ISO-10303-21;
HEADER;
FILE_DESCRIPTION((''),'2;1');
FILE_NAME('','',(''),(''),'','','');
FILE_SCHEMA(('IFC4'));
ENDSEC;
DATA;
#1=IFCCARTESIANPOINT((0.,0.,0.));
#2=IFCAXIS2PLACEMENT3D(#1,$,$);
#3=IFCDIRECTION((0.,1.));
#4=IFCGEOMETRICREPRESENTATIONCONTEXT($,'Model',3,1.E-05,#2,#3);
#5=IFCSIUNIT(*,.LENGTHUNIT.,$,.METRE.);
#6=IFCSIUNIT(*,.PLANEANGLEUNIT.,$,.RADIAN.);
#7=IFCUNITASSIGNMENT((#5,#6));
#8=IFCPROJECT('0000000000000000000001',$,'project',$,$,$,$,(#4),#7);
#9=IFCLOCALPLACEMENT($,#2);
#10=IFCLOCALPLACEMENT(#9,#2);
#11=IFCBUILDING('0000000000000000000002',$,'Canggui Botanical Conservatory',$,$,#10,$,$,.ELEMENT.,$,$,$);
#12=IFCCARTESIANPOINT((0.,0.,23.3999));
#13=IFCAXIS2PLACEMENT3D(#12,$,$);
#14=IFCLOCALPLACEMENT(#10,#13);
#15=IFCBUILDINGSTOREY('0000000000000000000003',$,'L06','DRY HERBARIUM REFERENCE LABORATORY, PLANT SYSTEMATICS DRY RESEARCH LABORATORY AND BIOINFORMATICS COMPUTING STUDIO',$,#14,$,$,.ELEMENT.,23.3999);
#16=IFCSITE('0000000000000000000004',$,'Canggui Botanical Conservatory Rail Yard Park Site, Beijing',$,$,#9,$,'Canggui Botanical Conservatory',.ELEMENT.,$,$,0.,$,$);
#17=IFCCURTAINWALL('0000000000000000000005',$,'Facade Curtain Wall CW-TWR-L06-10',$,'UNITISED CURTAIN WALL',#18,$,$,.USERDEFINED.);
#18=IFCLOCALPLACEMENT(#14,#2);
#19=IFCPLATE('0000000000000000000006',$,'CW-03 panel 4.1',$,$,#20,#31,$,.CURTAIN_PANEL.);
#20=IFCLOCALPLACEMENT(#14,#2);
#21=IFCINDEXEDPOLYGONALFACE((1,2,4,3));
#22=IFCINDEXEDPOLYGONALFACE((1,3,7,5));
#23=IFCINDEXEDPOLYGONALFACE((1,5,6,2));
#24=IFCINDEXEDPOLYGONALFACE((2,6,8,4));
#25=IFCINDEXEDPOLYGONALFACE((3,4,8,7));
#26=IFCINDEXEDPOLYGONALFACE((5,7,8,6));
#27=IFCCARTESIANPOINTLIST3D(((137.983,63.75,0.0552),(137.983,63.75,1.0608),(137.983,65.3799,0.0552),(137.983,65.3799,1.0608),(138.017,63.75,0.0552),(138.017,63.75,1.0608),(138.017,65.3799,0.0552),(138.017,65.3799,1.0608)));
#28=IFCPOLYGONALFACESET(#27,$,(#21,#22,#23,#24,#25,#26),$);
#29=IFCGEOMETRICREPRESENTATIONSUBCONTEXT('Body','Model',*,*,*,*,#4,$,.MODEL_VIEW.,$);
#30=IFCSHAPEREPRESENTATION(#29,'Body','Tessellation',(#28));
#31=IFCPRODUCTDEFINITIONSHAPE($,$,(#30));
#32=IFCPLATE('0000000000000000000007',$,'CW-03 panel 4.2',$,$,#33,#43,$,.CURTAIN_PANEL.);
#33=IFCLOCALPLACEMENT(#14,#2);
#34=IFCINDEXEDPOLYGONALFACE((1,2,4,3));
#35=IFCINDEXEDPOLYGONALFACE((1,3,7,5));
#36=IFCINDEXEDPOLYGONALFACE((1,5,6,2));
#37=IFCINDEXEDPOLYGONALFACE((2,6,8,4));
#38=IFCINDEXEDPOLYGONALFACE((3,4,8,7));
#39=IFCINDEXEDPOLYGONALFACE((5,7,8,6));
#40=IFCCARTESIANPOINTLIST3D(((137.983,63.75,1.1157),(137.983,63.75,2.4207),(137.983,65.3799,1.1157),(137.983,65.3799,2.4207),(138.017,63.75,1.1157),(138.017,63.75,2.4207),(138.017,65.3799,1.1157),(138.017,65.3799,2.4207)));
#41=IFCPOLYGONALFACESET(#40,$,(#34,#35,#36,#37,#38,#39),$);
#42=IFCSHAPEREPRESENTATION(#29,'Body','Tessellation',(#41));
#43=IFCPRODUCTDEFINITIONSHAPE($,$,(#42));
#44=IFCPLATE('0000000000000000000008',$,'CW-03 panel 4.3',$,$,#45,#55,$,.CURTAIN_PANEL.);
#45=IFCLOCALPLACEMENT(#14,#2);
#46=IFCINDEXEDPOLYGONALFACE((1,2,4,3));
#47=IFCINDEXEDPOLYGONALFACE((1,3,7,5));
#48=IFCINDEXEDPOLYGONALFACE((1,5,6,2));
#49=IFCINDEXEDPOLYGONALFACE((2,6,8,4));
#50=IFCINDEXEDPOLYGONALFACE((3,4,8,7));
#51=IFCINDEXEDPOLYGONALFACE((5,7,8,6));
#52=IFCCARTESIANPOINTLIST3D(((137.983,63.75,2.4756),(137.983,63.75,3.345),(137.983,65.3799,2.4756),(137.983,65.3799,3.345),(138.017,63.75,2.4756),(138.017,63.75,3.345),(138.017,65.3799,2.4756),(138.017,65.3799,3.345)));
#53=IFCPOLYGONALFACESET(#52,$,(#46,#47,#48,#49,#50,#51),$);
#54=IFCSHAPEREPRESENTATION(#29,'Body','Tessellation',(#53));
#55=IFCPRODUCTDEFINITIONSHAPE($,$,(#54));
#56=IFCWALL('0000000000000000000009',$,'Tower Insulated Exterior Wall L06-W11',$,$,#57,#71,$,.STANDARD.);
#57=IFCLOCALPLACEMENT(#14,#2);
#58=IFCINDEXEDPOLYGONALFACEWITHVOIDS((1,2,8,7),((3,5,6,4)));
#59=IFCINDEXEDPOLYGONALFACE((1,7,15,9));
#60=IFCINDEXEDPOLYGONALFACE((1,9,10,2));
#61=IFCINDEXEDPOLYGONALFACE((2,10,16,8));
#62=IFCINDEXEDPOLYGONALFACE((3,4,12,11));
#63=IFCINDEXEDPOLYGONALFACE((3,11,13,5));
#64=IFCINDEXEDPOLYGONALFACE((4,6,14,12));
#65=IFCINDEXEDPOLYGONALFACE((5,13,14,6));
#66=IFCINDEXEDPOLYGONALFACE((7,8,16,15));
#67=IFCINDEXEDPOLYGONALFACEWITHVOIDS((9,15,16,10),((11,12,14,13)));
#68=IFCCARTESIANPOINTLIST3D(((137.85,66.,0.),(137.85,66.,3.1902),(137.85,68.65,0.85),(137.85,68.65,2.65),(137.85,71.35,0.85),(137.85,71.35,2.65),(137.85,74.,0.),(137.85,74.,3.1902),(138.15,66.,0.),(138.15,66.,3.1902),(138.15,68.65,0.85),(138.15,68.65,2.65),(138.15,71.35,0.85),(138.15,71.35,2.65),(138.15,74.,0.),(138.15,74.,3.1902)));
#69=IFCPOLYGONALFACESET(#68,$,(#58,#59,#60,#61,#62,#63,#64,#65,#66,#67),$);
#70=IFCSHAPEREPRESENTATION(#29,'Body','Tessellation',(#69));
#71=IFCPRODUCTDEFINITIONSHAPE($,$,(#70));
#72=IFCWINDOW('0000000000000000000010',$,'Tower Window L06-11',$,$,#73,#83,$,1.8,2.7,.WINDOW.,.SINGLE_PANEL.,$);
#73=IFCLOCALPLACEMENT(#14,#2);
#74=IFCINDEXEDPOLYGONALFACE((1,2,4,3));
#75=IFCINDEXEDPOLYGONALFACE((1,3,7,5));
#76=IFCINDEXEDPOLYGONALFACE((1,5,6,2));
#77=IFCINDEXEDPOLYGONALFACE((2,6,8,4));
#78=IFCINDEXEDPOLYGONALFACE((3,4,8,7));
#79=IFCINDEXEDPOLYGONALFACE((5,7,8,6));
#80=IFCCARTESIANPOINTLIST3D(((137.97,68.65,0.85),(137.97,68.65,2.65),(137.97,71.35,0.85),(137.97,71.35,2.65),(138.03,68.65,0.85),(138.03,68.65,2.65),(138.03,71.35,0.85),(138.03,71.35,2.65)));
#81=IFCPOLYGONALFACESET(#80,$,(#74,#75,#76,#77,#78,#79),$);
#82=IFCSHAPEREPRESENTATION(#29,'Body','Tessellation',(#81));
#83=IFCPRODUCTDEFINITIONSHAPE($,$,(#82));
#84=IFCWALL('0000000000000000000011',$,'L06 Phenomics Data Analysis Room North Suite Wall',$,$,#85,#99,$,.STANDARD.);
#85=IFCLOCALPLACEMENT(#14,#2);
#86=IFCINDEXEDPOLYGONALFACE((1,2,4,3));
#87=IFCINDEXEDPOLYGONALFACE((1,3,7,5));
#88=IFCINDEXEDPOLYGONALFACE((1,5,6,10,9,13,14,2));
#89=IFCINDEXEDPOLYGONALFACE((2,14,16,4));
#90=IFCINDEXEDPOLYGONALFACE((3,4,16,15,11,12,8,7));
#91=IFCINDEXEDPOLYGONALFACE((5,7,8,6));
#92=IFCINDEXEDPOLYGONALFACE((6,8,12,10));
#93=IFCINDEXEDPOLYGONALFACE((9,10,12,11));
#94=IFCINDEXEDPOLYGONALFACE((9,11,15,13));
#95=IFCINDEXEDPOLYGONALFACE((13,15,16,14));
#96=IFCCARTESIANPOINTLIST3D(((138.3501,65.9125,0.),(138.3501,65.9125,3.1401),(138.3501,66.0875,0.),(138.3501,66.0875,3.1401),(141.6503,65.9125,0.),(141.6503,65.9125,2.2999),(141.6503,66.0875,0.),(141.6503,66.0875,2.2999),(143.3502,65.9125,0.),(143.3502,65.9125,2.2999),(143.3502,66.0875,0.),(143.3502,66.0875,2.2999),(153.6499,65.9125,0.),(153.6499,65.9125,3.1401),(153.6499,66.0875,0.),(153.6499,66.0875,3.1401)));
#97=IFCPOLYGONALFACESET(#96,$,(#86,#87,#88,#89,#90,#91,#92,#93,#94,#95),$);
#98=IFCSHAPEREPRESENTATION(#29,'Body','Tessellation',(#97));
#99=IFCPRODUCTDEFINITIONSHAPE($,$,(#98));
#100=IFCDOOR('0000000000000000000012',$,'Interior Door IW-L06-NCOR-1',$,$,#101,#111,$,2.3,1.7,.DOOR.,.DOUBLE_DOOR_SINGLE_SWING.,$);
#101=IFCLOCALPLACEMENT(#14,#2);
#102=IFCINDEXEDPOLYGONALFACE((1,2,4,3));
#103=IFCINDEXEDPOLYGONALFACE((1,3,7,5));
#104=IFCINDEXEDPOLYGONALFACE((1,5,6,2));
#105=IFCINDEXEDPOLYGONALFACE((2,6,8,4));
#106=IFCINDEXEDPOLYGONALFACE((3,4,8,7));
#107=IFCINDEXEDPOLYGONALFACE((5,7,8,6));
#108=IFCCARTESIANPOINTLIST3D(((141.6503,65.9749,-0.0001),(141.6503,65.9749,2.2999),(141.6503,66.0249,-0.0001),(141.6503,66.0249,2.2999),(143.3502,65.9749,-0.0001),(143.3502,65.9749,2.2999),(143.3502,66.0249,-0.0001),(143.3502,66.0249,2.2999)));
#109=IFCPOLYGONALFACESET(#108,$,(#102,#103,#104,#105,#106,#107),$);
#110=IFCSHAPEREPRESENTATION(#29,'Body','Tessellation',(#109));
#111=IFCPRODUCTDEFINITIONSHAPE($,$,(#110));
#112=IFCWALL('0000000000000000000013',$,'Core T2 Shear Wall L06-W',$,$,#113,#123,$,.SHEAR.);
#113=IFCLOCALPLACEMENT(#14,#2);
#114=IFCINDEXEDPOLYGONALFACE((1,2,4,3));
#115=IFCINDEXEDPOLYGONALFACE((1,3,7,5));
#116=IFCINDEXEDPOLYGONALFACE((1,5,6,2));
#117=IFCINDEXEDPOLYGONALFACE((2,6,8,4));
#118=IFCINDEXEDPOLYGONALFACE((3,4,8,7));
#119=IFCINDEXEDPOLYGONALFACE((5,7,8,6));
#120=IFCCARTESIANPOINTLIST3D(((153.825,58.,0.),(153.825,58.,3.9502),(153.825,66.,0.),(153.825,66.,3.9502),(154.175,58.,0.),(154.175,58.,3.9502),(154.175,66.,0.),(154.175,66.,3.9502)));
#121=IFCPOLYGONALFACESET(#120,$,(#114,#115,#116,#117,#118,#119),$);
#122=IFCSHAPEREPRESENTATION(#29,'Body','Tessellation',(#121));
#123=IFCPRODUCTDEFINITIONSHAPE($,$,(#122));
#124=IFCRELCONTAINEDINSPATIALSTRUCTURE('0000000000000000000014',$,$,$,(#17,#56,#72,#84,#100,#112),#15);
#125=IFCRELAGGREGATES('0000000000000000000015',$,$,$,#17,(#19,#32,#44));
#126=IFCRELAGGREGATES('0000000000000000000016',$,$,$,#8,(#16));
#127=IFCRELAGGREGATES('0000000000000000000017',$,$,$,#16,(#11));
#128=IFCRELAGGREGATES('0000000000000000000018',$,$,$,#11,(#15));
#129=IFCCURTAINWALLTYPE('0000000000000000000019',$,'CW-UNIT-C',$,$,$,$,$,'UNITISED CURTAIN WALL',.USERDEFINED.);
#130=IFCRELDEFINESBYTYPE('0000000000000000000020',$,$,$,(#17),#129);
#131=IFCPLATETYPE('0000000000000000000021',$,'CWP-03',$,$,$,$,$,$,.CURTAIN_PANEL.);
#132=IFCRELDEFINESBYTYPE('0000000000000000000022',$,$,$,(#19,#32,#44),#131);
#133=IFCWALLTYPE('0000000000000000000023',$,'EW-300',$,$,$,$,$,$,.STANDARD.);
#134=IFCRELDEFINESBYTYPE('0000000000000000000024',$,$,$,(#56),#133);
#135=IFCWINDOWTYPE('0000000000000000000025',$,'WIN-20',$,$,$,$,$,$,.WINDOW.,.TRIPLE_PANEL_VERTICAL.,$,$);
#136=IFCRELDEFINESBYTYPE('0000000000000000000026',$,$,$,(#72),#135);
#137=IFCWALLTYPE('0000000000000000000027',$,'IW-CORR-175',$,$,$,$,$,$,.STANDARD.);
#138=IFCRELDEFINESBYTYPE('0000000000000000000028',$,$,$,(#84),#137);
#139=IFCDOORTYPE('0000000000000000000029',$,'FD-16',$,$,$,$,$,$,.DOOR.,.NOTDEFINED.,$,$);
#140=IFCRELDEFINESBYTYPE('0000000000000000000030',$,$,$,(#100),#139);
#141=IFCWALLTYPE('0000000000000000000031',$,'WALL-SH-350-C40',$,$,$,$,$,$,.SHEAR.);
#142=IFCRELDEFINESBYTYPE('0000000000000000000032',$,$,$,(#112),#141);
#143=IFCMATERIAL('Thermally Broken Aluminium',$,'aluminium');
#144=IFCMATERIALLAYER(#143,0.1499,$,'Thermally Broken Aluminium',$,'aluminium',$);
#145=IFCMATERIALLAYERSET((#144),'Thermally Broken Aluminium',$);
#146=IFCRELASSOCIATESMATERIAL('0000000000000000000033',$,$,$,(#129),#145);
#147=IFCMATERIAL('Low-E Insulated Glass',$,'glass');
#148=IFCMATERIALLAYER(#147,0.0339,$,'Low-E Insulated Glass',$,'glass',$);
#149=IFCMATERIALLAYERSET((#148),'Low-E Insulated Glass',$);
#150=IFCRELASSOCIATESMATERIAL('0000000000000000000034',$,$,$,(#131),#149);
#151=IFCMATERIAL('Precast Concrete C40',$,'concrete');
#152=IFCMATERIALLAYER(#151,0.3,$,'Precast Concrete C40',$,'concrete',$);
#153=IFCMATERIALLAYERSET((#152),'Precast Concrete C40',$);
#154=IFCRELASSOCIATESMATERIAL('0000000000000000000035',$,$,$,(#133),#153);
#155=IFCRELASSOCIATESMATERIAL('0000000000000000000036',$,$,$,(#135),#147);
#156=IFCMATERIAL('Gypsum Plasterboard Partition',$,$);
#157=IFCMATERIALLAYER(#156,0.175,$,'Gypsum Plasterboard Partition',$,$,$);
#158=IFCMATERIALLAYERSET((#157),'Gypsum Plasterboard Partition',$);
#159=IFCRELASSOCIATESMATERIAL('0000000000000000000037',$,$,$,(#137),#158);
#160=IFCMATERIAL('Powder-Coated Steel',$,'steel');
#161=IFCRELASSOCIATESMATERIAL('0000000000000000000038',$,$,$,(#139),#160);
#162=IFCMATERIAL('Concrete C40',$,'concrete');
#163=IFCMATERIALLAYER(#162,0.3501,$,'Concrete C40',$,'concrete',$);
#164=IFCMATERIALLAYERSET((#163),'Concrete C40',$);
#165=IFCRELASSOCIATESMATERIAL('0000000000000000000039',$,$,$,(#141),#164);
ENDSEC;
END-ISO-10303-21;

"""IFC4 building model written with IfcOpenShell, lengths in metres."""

from ifc_helpers import new_model, si_unit, direction, frame, frame_2d, origin, origin_2d, place, context, subcontext, project, spatial, rectangle, extrude, material, layer, layer_set, type_object, element, fill, aggregate, save


model = new_model("IFC4")

# Units and contexts
model_context = context("Model", 3, precision=1e-05, world=origin(), true_north=direction((0.0, 1.0)))
body_context = subcontext(model_context, "Body", "Model", "MODEL_VIEW")
ifc_project = project(units=[si_unit("LENGTHUNIT", "METRE"), si_unit("PLANEANGLEUNIT", "RADIAN")], contexts=[model_context])

# Site, building, storey
site_placement = place(None, origin())
site = spatial("IfcSite", under=ifc_project, at=site_placement, Name="Canggui Botanical Conservatory Rail Yard Park Site, Beijing", LongName="Canggui Botanical Conservatory", CompositionType="ELEMENT", RefElevation=0.0)
building_placement = place(site_placement, origin())
building = spatial("IfcBuilding", under=site, at=building_placement, Name="Canggui Botanical Conservatory", CompositionType="ELEMENT")
storey_placement = place(building_placement, frame((0.0, 0.0, 23.3999)))
storey = spatial("IfcBuildingStorey", under=building, at=storey_placement, Name="L06", Description="DRY HERBARIUM REFERENCE LABORATORY, PLANT SYSTEMATICS DRY RESEARCH LABORATORY AND BIOINFORMATICS COMPUTING STUDIO", CompositionType="ELEMENT", Elevation=23.3999)

# Shared definitions
ifc_material_1 = material(Name="Concrete C40", Category="concrete")

# Shared definitions
ifc_material_2 = material(Name="Thermally Broken Aluminium", Category="aluminium")
ifc_layer_1 = layer(ifc_material_2, 0.1499, Name="Thermally Broken Aluminium", Category="aluminium")
ifc_layer_set_1 = layer_set([ifc_layer_1], Name="Thermally Broken Aluminium")
curtain_wall_type = type_object("IfcCurtainWallType", Name="CW-UNIT-C", ElementType="UNITISED CURTAIN WALL", PredefinedType="USERDEFINED", material=ifc_layer_set_1)

# Curtain wall
curtain_wall_1_placement = place(storey_placement, origin())
curtain_wall_1 = element("IfcCurtainWall", 1, at=curtain_wall_1_placement, inside=storey, type_object=curtain_wall_type, Name="Facade Curtain Wall CW-TWR-L06-10", ObjectType="UNITISED CURTAIN WALL", PredefinedType="USERDEFINED")

# Plates
ifc_material_3 = material(Name="Low-E Insulated Glass", Category="glass")
ifc_layer_2 = layer(ifc_material_3, 0.0339, Name="Low-E Insulated Glass", Category="glass")
ifc_layer_set_2 = layer_set([ifc_layer_2], Name="Low-E Insulated Glass")
plate_type = type_object("IfcPlateType", Name="CWP-03", PredefinedType="CURTAIN_PANEL", material=ifc_layer_set_2)
plate_1_placement = place(storey_placement, frame((138.0, 64.5649, 0.0552), z_axis=(0.0, 0.0, 1.0), x_axis=(0.0, 1.0, 0.0)))
plate_1 = element("IfcPlate", 2, at=plate_1_placement, type_object=plate_type, Name="CW-03 panel 4.1", PredefinedType="CURTAIN_PANEL", context=body_context, shape_type="SweptSolid", body=[
    extrude(rectangle(XDim=1.6299, YDim=0.0339, at=origin_2d()), origin(), (0.0, 0.0, 1.0), 1.0056),
])
plate_2_placement = place(storey_placement, frame((138.0, 64.5649, 1.1157), z_axis=(0.0, 0.0, 1.0), x_axis=(0.0, 1.0, 0.0)))
plate_2 = element("IfcPlate", 3, at=plate_2_placement, type_object=plate_type, Name="CW-03 panel 4.2", PredefinedType="CURTAIN_PANEL", context=body_context, shape_type="SweptSolid", body=[
    extrude(rectangle(XDim=1.6299, YDim=0.0339, at=origin_2d()), origin(), (0.0, 0.0, 1.0), 1.3049),
])
plate_3_placement = place(storey_placement, frame((138.0, 64.5649, 2.4756), z_axis=(0.0, 0.0, 1.0), x_axis=(0.0, 1.0, 0.0)))
plate_3 = element("IfcPlate", 4, at=plate_3_placement, type_object=plate_type, Name="CW-03 panel 4.3", PredefinedType="CURTAIN_PANEL", context=body_context, shape_type="SweptSolid", body=[
    extrude(rectangle(XDim=1.6299, YDim=0.0339, at=origin_2d()), origin(), (0.0, 0.0, 1.0), 0.8694),
])
aggregate(curtain_wall_1, [plate_1, plate_2, plate_3])

# Wall, opening, window
ifc_material_4 = material(Name="Precast Concrete C40", Category="concrete")
ifc_layer_3 = layer(ifc_material_4, 0.3, Name="Precast Concrete C40", Category="concrete")
ifc_layer_set_3 = layer_set([ifc_layer_3], Name="Precast Concrete C40")
wall_type_1 = type_object("IfcWallType", Name="EW-300", PredefinedType="STANDARD", material=ifc_layer_set_3)
wall_1_placement = place(storey_placement, frame((138.0, 66.0, 0.0), z_axis=(0.0, 0.0, 1.0), x_axis=(0.0, 1.0, 0.0)))
wall_1 = element("IfcWall", 5, at=wall_1_placement, inside=storey, type_object=wall_type_1, Name="Tower Insulated Exterior Wall L06-W11", PredefinedType="STANDARD", context=body_context, shape_type="SweptSolid", body=[
    extrude(rectangle(XDim=8.0, YDim=0.3, at=frame_2d((4.0, 0.0))), origin(), (0.0, 0.0, 1.0), 3.1902),
])
opening_1_placement = place(wall_1_placement, frame((2.6499, 0.0, 0.8501)))
opening_1 = element("IfcOpeningElement", 6, at=opening_1_placement, cuts=wall_1, PredefinedType="OPENING", context=body_context, shape_type="SweptSolid", body=[
    extrude(rectangle(XDim=2.7, YDim=1.8, at=frame_2d((1.3501, 0.8999))), frame((0.0, 0.1602, 0.0), z_axis=(0.0, -1.0, 0.0), x_axis=(1.0, 0.0, 0.0)), (0.0, 0.0, 1.0), 0.3201),
])
window_type = type_object("IfcWindowType", Name="WIN-20", PartitioningType="TRIPLE_PANEL_VERTICAL", PredefinedType="WINDOW", material=ifc_material_3)
window_placement = place(opening_1_placement, origin())
window = element("IfcWindow", 7, at=window_placement, inside=storey, type_object=window_type, Name="Tower Window L06-11", OverallHeight=1.8, OverallWidth=2.7, PartitioningType="SINGLE_PANEL", PredefinedType="WINDOW", context=body_context, shape_type="SweptSolid", body=[
    extrude(rectangle(XDim=2.7, YDim=1.8, at=frame_2d((1.3501, 0.8999))), frame((0.0, 0.03, 0.0), z_axis=(0.0, -1.0, 0.0), x_axis=(1.0, 0.0, 0.0)), (0.0, 0.0, 1.0), 0.0601),
])
fill(opening_1, window)

# Wall, opening, door
ifc_material_5 = material(Name="Gypsum Plasterboard Partition")
ifc_layer_4 = layer(ifc_material_5, 0.175, Name="Gypsum Plasterboard Partition")
ifc_layer_set_4 = layer_set([ifc_layer_4], Name="Gypsum Plasterboard Partition")
wall_type_2 = type_object("IfcWallType", Name="IW-CORR-175", PredefinedType="STANDARD", material=ifc_layer_set_4)
wall_2_placement = place(storey_placement, frame((138.3501, 66.0, 0.0), z_axis=(0.0, 0.0, 1.0), x_axis=(1.0, 0.0, 0.0)))
wall_2 = element("IfcWall", 8, at=wall_2_placement, inside=storey, type_object=wall_type_2, Name="L06 Phenomics Data Analysis Room North Suite Wall", PredefinedType="STANDARD", context=body_context, shape_type="SweptSolid", body=[
    extrude(rectangle(XDim=15.2998, YDim=0.175, at=frame_2d((7.6499, 0.0))), origin(), (0.0, 0.0, 1.0), 3.1401),
])
opening_2_placement = place(wall_2_placement, frame((3.3, 0.0, 0.0)))
opening_2 = element("IfcOpeningElement", 9, at=opening_2_placement, cuts=wall_2, PredefinedType="OPENING", context=body_context, shape_type="SweptSolid", body=[
    extrude(rectangle(XDim=1.7, YDim=2.3, at=frame_2d((0.8501, 1.1499))), frame((0.0, 0.0977, 0.0), z_axis=(0.0, -1.0, 0.0), x_axis=(1.0, 0.0, 0.0)), (0.0, 0.0, 1.0), 0.1951),
])
ifc_material_6 = material(Name="Powder-Coated Steel", Category="steel")
door_type = type_object("IfcDoorType", Name="FD-16", OperationType="NOTDEFINED", PredefinedType="DOOR", material=ifc_material_6)
door_placement = place(opening_2_placement, origin())
door = element("IfcDoor", 10, at=door_placement, inside=storey, type_object=door_type, Name="Interior Door IW-L06-NCOR-1", OperationType="DOUBLE_DOOR_SINGLE_SWING", OverallHeight=2.3, OverallWidth=1.7, PredefinedType="DOOR", context=body_context, shape_type="SweptSolid", body=[
    extrude(rectangle(XDim=1.7, YDim=2.3, at=frame_2d((0.8501, 1.1499))), frame((0.0, 0.0249, 0.0), z_axis=(0.0, -1.0, 0.0), x_axis=(1.0, 0.0, 0.0)), (0.0, 0.0, 1.0), 0.05),
])
fill(opening_2, door)

# Wall
ifc_layer_5 = layer(ifc_material_1, 0.3501, Name="Concrete C40", Category="concrete")
ifc_layer_set_5 = layer_set([ifc_layer_5], Name="Concrete C40")
wall_type_3 = type_object("IfcWallType", Name="WALL-SH-350-C40", PredefinedType="SHEAR", material=ifc_layer_set_5)
wall_3_placement = place(storey_placement, frame((154.0, 66.0, 0.0), z_axis=(0.0, 0.0, 1.0), x_axis=(0.0, -1.0, 0.0)))
element("IfcWall", 11, at=wall_3_placement, inside=storey, type_object=wall_type_3, Name="Core T2 Shear Wall L06-W", PredefinedType="SHEAR", context=body_context, shape_type="SweptSolid", body=[
    extrude(rectangle(XDim=8.0, YDim=0.3501, at=frame_2d((4.0, 0.0))), origin(), (0.0, 0.0, 1.0), 3.9502),
])

save(model, "model.ifc")
